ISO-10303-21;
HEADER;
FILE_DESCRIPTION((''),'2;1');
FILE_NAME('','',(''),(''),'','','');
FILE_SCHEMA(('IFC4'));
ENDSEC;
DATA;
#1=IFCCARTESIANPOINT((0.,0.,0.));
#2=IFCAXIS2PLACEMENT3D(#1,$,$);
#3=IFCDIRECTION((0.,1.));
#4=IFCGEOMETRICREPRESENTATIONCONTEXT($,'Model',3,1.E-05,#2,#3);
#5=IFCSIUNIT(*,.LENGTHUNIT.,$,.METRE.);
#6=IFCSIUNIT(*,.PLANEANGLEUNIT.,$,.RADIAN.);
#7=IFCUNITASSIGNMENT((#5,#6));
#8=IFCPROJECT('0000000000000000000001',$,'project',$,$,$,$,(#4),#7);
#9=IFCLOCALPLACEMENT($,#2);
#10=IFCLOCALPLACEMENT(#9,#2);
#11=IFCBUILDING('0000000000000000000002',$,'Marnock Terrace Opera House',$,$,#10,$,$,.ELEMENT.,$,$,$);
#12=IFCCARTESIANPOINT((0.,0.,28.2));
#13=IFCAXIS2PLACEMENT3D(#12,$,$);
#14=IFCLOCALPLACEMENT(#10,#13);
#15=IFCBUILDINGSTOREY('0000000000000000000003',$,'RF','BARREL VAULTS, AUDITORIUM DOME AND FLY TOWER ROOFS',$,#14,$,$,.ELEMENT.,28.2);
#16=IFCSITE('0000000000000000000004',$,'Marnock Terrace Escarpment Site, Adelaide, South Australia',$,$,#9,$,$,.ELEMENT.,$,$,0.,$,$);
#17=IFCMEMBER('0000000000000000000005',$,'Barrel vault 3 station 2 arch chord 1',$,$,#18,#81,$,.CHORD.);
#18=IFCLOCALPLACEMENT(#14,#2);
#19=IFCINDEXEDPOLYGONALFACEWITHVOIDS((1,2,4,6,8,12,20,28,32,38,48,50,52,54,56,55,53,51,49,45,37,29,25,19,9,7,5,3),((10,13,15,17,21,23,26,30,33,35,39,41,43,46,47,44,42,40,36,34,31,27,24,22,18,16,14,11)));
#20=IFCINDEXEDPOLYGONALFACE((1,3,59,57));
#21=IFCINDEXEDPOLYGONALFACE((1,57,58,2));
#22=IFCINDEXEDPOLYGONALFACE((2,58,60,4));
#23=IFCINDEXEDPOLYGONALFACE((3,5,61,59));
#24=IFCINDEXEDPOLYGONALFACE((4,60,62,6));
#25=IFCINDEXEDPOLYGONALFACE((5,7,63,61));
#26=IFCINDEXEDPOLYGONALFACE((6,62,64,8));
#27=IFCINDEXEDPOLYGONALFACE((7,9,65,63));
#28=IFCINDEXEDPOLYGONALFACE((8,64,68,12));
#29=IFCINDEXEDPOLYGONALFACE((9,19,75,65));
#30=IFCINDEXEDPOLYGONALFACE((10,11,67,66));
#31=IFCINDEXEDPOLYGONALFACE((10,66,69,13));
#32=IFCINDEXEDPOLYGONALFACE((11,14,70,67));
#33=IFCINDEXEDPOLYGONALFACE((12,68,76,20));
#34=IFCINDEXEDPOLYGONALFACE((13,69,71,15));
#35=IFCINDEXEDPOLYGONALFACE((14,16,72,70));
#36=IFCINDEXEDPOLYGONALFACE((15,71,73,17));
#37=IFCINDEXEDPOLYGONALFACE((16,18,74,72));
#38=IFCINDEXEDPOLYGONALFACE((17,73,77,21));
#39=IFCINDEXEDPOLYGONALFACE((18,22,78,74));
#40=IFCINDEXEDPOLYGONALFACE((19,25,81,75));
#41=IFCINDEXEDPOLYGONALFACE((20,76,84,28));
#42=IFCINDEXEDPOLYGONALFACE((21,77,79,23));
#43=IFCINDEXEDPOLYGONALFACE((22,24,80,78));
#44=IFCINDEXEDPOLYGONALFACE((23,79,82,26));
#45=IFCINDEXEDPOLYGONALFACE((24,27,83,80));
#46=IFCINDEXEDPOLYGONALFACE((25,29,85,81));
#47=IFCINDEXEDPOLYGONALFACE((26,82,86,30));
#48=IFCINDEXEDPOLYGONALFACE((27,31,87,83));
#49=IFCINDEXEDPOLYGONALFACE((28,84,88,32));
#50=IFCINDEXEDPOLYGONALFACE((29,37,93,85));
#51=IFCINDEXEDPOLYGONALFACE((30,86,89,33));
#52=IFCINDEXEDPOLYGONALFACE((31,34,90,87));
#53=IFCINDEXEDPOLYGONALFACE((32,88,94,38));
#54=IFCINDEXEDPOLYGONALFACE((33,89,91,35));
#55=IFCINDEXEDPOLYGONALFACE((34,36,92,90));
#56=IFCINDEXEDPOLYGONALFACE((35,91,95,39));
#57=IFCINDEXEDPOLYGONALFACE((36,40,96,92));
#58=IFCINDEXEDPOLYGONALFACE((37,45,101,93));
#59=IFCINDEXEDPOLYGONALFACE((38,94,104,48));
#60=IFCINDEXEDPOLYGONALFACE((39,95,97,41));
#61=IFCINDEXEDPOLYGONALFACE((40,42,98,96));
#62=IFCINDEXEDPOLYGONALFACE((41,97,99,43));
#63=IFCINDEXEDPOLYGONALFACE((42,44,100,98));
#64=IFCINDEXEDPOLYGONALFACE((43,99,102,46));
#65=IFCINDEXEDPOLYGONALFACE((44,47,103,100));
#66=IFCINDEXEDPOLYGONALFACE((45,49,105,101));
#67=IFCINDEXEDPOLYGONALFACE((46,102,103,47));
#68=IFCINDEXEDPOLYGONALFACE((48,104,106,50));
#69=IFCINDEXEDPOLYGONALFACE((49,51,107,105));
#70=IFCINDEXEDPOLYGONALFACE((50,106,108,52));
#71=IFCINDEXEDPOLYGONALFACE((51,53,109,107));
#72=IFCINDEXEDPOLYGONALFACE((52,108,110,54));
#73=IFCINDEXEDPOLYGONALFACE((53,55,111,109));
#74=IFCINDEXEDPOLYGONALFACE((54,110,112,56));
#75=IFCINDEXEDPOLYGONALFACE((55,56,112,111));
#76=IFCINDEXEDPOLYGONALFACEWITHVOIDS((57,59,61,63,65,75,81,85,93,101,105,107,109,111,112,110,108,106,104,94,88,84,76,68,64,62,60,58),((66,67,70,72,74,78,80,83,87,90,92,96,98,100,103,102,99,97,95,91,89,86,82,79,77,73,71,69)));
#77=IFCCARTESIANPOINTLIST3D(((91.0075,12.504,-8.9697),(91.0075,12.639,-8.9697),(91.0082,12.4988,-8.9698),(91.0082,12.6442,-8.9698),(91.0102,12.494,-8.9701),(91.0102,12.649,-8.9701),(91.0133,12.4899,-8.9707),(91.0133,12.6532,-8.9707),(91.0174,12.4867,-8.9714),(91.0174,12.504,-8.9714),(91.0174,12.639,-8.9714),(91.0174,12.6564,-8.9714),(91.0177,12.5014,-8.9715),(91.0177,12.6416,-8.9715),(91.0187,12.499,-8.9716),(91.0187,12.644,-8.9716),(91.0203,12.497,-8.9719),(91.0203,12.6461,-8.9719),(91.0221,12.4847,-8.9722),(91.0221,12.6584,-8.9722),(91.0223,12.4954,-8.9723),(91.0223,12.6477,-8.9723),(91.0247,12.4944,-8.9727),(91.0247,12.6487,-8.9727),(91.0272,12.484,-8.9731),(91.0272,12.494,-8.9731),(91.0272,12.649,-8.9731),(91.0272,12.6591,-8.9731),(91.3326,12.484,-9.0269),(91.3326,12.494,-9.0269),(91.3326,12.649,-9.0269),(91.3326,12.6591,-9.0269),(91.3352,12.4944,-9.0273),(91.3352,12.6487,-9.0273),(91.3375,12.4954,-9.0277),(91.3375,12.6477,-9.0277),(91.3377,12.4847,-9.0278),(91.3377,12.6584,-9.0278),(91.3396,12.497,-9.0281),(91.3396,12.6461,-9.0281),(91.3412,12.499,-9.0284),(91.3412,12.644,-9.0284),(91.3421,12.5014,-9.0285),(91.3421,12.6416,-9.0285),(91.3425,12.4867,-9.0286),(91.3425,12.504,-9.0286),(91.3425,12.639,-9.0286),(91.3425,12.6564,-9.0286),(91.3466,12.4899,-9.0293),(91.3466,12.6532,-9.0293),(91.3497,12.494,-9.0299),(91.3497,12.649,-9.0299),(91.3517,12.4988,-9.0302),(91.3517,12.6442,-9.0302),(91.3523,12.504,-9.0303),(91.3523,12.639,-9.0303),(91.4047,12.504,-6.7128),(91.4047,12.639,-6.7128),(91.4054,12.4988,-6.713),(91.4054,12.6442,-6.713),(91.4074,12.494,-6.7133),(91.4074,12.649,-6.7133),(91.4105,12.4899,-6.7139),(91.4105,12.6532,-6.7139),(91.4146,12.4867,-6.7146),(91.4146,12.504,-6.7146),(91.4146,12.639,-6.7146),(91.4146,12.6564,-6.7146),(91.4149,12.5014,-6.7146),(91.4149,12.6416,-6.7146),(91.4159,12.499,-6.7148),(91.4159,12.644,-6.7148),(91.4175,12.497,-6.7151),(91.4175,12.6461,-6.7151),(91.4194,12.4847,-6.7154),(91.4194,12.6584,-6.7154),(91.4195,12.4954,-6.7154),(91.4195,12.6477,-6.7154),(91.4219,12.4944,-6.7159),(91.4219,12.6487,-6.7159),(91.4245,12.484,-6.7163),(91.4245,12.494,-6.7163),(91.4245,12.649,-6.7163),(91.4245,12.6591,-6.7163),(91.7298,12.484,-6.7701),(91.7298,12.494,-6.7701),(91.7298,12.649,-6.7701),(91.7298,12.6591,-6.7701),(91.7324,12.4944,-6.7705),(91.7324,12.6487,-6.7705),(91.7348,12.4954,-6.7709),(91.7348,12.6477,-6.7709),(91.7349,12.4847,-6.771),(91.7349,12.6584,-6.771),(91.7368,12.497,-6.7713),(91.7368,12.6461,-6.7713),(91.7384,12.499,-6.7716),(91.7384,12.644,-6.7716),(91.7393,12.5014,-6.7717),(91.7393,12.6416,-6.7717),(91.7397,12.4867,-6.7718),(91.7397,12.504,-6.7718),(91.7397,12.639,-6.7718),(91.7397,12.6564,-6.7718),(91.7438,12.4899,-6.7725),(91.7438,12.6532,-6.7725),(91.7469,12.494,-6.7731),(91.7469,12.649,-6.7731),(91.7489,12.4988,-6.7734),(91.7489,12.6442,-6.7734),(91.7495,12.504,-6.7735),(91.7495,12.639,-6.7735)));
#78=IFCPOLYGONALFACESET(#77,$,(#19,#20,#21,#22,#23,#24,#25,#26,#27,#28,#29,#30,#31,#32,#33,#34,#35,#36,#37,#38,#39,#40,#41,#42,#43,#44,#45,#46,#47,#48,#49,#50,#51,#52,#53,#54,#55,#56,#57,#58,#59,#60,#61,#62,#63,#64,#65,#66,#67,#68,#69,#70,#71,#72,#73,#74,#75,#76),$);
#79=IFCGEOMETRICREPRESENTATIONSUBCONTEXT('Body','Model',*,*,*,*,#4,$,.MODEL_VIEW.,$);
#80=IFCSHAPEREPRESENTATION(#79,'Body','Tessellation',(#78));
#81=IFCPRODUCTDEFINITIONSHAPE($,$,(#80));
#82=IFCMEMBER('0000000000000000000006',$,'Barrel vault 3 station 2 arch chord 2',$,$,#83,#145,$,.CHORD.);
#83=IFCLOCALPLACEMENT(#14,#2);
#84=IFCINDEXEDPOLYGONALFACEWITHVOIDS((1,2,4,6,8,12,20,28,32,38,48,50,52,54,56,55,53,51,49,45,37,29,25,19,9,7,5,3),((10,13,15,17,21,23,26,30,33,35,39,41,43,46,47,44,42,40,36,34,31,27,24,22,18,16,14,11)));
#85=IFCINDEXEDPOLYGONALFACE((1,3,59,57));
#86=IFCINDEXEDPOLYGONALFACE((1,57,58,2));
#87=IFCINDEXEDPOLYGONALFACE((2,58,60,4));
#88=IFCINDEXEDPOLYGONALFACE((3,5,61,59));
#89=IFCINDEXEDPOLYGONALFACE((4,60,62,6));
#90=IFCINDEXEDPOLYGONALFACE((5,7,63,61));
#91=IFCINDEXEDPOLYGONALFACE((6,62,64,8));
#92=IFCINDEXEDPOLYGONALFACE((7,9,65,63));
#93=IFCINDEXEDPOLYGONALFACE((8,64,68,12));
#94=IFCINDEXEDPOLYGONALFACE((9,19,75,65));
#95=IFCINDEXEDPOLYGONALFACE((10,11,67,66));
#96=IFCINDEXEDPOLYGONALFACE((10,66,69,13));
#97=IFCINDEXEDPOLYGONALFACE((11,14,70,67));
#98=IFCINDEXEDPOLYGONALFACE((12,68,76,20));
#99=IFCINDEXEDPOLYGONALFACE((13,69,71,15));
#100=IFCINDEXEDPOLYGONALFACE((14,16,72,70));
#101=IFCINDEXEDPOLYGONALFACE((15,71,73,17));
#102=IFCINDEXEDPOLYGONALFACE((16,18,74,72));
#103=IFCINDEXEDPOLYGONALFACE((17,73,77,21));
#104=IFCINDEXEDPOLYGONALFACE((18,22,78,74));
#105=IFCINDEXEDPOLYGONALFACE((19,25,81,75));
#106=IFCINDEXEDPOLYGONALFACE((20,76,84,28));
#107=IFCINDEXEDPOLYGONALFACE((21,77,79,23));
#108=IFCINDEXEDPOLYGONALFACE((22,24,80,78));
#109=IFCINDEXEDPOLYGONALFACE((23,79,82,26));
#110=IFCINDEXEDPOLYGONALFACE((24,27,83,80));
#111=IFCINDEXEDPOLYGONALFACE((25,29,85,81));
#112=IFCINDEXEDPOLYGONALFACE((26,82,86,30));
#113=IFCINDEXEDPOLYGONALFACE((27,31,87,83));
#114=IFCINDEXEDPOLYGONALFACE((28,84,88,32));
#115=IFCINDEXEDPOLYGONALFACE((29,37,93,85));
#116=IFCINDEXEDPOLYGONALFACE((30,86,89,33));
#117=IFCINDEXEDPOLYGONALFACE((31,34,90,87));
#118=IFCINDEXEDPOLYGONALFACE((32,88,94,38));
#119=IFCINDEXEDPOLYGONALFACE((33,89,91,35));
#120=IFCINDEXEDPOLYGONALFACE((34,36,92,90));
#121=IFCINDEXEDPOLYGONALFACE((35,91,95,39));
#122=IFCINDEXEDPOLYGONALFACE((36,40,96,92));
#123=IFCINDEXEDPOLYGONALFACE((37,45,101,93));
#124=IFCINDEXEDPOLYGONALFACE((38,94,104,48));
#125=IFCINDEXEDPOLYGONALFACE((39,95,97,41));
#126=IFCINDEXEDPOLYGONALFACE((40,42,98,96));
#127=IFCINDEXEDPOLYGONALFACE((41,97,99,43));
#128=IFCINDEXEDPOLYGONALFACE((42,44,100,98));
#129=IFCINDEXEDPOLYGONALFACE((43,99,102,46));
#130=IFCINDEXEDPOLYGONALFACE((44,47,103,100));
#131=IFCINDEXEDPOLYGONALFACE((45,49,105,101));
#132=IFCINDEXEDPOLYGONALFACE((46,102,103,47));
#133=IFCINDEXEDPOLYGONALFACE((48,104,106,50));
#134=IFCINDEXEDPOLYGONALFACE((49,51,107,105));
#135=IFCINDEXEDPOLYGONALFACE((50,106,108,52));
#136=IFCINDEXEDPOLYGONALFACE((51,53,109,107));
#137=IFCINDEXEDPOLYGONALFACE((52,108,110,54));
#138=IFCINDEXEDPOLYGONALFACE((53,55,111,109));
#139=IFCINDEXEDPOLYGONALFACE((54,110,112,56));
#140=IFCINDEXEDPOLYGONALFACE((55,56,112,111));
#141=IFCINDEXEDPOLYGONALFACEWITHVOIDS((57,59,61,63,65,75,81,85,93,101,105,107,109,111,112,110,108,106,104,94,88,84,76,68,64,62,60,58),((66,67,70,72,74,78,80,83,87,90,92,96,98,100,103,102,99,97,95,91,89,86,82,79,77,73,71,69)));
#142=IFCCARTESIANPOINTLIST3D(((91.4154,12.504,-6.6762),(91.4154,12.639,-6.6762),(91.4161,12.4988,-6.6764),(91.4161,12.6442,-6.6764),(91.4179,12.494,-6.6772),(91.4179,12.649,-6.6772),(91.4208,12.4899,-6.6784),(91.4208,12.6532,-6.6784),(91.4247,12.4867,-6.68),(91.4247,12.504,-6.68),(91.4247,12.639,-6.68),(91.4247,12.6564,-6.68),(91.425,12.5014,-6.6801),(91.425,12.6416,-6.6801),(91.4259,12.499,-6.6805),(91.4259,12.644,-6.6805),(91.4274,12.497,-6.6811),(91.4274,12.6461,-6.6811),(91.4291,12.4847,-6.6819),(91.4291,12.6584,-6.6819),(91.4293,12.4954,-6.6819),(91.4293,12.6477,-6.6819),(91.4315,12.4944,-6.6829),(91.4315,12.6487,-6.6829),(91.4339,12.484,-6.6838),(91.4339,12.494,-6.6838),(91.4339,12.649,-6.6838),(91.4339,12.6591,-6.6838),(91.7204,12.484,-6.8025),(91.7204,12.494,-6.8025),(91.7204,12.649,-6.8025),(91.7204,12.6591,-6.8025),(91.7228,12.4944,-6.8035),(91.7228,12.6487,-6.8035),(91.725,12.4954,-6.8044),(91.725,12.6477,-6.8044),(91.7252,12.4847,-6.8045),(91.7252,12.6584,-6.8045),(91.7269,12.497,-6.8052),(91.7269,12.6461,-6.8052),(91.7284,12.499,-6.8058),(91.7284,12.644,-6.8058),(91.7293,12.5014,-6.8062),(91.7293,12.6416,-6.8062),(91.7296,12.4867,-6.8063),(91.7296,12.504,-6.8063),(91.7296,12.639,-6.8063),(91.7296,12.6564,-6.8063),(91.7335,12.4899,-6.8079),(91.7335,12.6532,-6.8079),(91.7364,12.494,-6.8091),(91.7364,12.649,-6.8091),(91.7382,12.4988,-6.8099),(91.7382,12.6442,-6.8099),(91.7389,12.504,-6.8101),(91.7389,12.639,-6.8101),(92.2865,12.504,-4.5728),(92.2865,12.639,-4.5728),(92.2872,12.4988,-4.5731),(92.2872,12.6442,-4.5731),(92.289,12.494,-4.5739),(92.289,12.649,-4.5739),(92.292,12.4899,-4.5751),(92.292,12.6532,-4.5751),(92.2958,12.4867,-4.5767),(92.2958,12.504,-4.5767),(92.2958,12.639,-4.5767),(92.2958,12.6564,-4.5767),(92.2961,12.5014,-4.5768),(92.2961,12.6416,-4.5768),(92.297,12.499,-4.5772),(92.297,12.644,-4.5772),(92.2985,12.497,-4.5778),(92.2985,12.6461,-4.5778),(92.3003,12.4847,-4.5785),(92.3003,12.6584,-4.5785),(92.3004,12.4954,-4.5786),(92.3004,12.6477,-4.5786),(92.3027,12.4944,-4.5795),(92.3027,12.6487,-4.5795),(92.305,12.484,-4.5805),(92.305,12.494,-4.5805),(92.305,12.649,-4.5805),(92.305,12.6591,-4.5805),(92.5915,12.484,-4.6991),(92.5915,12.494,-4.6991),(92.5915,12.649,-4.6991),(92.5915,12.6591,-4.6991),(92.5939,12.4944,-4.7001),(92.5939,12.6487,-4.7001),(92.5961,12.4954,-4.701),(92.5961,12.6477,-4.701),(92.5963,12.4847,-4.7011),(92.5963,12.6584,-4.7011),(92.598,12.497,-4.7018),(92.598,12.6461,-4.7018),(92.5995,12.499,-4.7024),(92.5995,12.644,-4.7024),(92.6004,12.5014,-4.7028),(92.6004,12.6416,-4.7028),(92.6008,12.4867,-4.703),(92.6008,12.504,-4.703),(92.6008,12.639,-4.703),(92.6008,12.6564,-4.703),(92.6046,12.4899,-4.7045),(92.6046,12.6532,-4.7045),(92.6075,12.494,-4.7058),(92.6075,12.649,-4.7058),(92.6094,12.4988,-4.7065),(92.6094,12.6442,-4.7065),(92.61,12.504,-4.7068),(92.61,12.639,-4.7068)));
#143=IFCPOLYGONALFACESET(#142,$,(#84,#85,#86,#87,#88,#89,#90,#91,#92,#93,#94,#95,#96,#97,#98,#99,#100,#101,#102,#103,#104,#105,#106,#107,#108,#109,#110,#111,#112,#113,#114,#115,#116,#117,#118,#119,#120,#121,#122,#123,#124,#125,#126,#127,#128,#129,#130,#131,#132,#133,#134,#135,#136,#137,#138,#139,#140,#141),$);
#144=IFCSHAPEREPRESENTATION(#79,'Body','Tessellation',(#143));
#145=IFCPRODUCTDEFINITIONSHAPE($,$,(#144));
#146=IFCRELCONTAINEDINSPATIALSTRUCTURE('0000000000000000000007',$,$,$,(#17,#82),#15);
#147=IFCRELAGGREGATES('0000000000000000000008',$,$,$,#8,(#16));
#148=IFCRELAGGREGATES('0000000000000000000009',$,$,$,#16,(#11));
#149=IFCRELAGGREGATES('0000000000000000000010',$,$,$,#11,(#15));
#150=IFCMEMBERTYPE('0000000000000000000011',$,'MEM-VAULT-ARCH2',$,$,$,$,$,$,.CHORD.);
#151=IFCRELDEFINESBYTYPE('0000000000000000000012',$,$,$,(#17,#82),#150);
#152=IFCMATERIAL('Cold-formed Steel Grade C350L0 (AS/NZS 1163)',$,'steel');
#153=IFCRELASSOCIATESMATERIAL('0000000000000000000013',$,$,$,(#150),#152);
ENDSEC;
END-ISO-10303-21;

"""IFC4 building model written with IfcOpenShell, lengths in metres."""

from ifc_helpers import new_model, si_unit, direction, frame, origin, origin_2d, place, context, subcontext, project, spatial, hollow_rectangle, extrude, material, material_profile, profile_set, type_object, element, save


model = new_model("IFC4")

# Units and contexts
model_context = context("Model", 3, precision=1e-05, world=origin(), true_north=direction((0.0, 1.0)))
body_context = subcontext(model_context, "Body", "Model", "MODEL_VIEW")
ifc_project = project(units=[si_unit("LENGTHUNIT", "METRE"), si_unit("PLANEANGLEUNIT", "RADIAN")], contexts=[model_context])

# Site, building, storey
site_placement = place(None, origin())
site = spatial("IfcSite", under=ifc_project, at=site_placement, Name="Marnock Terrace Escarpment Site, Adelaide, South Australia", CompositionType="ELEMENT", RefElevation=0.0)
building_placement = place(site_placement, origin())
building = spatial("IfcBuilding", under=site, at=building_placement, Name="Marnock Terrace Opera House", CompositionType="ELEMENT")
storey_placement = place(building_placement, frame((0.0, 0.0, 28.2)))
storey = spatial("IfcBuildingStorey", under=building, at=storey_placement, Name="RF", Description="BARREL VAULTS, AUDITORIUM DOME AND FLY TOWER ROOFS", CompositionType="ELEMENT", Elevation=28.2)

# Members
ifc_material = material(Name="Cold-formed Steel Grade C350L0 (AS/NZS 1163)", Category="steel")
ifc_material_profile_1 = material_profile(ifc_material, hollow_rectangle(XDim=0.175, YDim=0.3501, WallThickness=0.01, InnerFilletRadius=0.01, OuterFilletRadius=0.02, at=origin_2d()))
ifc_profile_set_1 = profile_set([ifc_material_profile_1], Name="Cold-formed Steel Grade C350L0 (AS/NZS 1163)")
member_type_1 = type_object("IfcMemberType", Name="MEM-VAULT-ARCH2", PredefinedType="CHORD", material=ifc_profile_set_1)
member_1_placement = place(storey_placement, frame((91.1799, 12.5715, -9.0), z_axis=(0.173342, 0.0, 0.984862), x_axis=(0.0, 1.0, 0.0)))
element("IfcMember", 1, at=member_1_placement, inside=storey, type_object=member_type_1, Name="Barrel vault 3 station 2 arch chord 1", PredefinedType="CHORD", context=body_context, shape_type="SweptSolid", body=[
    extrude(hollow_rectangle(XDim=0.175, YDim=0.3501, WallThickness=0.01, InnerFilletRadius=0.01, OuterFilletRadius=0.02, at=origin_2d()), origin(), (0.0, 0.0, 1.0), 2.2915),
])
member_2_placement = place(storey_placement, frame((91.5771, 12.5715, -6.7432), z_axis=(0.382642, 0.0, 0.923897), x_axis=(0.0, 1.0, 0.0)))
element("IfcMember", 2, at=member_2_placement, inside=storey, type_object=member_type_1, Name="Barrel vault 3 station 2 arch chord 2", PredefinedType="CHORD", context=body_context, shape_type="SweptSolid", body=[
    extrude(hollow_rectangle(XDim=0.175, YDim=0.3501, WallThickness=0.01, InnerFilletRadius=0.01, OuterFilletRadius=0.02, at=origin_2d()), origin(), (0.0, 0.0, 1.0), 2.2766),
])

save(model, "model.ifc")
